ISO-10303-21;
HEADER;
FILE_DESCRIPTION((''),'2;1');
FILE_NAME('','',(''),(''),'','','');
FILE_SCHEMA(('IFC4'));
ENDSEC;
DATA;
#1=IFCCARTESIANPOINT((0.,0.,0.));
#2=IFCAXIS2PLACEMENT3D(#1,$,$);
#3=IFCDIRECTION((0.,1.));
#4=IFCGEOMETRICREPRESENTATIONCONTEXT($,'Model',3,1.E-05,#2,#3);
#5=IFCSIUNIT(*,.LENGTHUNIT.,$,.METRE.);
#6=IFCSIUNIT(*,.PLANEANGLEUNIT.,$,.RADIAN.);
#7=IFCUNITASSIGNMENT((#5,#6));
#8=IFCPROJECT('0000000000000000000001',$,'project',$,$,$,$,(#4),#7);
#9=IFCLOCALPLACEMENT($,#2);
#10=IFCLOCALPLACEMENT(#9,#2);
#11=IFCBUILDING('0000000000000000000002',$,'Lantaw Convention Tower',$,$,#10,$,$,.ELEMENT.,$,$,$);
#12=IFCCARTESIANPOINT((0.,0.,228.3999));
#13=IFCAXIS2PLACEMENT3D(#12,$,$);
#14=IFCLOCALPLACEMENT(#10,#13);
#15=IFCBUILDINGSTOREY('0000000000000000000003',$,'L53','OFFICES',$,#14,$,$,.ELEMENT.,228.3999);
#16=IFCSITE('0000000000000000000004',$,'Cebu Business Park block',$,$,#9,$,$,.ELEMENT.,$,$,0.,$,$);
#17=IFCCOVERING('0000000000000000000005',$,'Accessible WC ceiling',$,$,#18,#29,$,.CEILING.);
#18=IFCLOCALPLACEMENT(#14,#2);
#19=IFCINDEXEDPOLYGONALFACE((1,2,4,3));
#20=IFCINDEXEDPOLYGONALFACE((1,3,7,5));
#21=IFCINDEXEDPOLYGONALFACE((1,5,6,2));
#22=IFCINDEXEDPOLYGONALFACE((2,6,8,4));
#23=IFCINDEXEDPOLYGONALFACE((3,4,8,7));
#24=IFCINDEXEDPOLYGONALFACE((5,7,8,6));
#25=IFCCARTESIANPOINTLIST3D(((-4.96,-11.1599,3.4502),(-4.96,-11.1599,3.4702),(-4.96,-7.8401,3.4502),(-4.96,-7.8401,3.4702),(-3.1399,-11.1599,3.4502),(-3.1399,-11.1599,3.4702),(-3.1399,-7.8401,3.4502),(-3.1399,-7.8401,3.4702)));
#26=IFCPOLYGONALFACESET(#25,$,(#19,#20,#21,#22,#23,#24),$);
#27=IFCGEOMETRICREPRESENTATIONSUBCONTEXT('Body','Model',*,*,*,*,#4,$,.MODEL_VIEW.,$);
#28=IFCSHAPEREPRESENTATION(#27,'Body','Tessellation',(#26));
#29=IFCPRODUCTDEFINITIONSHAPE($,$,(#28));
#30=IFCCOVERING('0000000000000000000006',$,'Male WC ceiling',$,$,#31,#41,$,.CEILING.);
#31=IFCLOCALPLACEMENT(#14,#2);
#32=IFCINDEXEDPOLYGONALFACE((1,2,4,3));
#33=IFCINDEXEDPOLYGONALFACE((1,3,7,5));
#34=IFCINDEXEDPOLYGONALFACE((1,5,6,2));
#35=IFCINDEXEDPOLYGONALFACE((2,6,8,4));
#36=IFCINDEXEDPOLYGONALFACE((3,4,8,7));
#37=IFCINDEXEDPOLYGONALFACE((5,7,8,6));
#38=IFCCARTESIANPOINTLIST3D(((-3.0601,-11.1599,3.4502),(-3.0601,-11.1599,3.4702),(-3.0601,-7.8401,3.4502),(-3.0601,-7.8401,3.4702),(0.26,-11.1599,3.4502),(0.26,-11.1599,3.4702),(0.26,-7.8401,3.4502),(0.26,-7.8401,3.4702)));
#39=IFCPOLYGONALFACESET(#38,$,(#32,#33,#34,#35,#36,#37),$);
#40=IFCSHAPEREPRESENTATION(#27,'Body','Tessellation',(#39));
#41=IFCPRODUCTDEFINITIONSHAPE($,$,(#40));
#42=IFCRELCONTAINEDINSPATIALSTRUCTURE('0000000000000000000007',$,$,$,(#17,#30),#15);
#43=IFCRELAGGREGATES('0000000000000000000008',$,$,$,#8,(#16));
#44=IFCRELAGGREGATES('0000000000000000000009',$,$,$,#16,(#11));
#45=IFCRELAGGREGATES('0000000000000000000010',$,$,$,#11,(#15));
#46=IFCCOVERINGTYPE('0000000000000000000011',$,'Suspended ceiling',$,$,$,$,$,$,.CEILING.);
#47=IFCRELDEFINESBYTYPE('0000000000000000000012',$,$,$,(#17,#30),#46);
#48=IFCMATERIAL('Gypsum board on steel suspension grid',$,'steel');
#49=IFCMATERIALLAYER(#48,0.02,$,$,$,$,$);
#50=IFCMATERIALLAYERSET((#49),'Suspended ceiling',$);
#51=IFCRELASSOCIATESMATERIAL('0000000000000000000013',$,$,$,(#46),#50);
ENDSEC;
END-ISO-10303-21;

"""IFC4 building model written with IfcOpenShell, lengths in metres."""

from ifc_helpers import new_model, si_unit, direction, frame, origin, place, context, subcontext, project, spatial, polyline, outline, extrude, material, layer, layer_set, type_object, element, save


model = new_model("IFC4")

# Units and contexts
model_context = context("Model", 3, precision=1e-05, world=origin(), true_north=direction((0.0, 1.0)))
body_context = subcontext(model_context, "Body", "Model", "MODEL_VIEW")
ifc_project = project(units=[si_unit("LENGTHUNIT", "METRE"), si_unit("PLANEANGLEUNIT", "RADIAN")], contexts=[model_context])

# Site, building, storey
site_placement = place(None, origin())
site = spatial("IfcSite", under=ifc_project, at=site_placement, Name="Cebu Business Park block", CompositionType="ELEMENT", RefElevation=0.0)
building_placement = place(site_placement, origin())
building = spatial("IfcBuilding", under=site, at=building_placement, Name="Lantaw Convention Tower", CompositionType="ELEMENT")
storey_placement = place(building_placement, frame((0.0, 0.0, 228.3999)))
storey = spatial("IfcBuildingStorey", under=building, at=storey_placement, Name="L53", Description="OFFICES", CompositionType="ELEMENT", Elevation=228.3999)

# Coverings
ifc_material_1 = material(Name="Gypsum board on steel suspension grid", Category="steel")
ifc_layer_1 = layer(ifc_material_1, 0.02)
ifc_layer_set_1 = layer_set([ifc_layer_1], Name="Suspended ceiling")
covering_type = type_object("IfcCoveringType", Name="Suspended ceiling", PredefinedType="CEILING", material=ifc_layer_set_1)
covering_1_placement = place(storey_placement, frame((0.0, 0.0, 3.4502)))
element("IfcCovering", 1, at=covering_1_placement, inside=storey, type_object=covering_type, Name="Accessible WC ceiling", PredefinedType="CEILING", context=body_context, shape_type="SweptSolid", body=[
    extrude(outline(polyline([(-4.96, -11.1599), (-3.1399, -11.1599), (-3.1399, -7.8401), (-4.96, -7.8401), (-4.96, -11.1599)])), origin(), (0.0, 0.0, 1.0), 0.02),
])
covering_2_placement = place(storey_placement, frame((0.0, 0.0, 3.4502)))
element("IfcCovering", 2, at=covering_2_placement, inside=storey, type_object=covering_type, Name="Male WC ceiling", PredefinedType="CEILING", context=body_context, shape_type="SweptSolid", body=[
    extrude(outline(polyline([(-3.0601, -11.1599), (0.26, -11.1599), (0.26, -7.8401), (-3.0601, -7.8401), (-3.0601, -11.1599)])), origin(), (0.0, 0.0, 1.0), 0.02),
])

save(model, "model.ifc")
